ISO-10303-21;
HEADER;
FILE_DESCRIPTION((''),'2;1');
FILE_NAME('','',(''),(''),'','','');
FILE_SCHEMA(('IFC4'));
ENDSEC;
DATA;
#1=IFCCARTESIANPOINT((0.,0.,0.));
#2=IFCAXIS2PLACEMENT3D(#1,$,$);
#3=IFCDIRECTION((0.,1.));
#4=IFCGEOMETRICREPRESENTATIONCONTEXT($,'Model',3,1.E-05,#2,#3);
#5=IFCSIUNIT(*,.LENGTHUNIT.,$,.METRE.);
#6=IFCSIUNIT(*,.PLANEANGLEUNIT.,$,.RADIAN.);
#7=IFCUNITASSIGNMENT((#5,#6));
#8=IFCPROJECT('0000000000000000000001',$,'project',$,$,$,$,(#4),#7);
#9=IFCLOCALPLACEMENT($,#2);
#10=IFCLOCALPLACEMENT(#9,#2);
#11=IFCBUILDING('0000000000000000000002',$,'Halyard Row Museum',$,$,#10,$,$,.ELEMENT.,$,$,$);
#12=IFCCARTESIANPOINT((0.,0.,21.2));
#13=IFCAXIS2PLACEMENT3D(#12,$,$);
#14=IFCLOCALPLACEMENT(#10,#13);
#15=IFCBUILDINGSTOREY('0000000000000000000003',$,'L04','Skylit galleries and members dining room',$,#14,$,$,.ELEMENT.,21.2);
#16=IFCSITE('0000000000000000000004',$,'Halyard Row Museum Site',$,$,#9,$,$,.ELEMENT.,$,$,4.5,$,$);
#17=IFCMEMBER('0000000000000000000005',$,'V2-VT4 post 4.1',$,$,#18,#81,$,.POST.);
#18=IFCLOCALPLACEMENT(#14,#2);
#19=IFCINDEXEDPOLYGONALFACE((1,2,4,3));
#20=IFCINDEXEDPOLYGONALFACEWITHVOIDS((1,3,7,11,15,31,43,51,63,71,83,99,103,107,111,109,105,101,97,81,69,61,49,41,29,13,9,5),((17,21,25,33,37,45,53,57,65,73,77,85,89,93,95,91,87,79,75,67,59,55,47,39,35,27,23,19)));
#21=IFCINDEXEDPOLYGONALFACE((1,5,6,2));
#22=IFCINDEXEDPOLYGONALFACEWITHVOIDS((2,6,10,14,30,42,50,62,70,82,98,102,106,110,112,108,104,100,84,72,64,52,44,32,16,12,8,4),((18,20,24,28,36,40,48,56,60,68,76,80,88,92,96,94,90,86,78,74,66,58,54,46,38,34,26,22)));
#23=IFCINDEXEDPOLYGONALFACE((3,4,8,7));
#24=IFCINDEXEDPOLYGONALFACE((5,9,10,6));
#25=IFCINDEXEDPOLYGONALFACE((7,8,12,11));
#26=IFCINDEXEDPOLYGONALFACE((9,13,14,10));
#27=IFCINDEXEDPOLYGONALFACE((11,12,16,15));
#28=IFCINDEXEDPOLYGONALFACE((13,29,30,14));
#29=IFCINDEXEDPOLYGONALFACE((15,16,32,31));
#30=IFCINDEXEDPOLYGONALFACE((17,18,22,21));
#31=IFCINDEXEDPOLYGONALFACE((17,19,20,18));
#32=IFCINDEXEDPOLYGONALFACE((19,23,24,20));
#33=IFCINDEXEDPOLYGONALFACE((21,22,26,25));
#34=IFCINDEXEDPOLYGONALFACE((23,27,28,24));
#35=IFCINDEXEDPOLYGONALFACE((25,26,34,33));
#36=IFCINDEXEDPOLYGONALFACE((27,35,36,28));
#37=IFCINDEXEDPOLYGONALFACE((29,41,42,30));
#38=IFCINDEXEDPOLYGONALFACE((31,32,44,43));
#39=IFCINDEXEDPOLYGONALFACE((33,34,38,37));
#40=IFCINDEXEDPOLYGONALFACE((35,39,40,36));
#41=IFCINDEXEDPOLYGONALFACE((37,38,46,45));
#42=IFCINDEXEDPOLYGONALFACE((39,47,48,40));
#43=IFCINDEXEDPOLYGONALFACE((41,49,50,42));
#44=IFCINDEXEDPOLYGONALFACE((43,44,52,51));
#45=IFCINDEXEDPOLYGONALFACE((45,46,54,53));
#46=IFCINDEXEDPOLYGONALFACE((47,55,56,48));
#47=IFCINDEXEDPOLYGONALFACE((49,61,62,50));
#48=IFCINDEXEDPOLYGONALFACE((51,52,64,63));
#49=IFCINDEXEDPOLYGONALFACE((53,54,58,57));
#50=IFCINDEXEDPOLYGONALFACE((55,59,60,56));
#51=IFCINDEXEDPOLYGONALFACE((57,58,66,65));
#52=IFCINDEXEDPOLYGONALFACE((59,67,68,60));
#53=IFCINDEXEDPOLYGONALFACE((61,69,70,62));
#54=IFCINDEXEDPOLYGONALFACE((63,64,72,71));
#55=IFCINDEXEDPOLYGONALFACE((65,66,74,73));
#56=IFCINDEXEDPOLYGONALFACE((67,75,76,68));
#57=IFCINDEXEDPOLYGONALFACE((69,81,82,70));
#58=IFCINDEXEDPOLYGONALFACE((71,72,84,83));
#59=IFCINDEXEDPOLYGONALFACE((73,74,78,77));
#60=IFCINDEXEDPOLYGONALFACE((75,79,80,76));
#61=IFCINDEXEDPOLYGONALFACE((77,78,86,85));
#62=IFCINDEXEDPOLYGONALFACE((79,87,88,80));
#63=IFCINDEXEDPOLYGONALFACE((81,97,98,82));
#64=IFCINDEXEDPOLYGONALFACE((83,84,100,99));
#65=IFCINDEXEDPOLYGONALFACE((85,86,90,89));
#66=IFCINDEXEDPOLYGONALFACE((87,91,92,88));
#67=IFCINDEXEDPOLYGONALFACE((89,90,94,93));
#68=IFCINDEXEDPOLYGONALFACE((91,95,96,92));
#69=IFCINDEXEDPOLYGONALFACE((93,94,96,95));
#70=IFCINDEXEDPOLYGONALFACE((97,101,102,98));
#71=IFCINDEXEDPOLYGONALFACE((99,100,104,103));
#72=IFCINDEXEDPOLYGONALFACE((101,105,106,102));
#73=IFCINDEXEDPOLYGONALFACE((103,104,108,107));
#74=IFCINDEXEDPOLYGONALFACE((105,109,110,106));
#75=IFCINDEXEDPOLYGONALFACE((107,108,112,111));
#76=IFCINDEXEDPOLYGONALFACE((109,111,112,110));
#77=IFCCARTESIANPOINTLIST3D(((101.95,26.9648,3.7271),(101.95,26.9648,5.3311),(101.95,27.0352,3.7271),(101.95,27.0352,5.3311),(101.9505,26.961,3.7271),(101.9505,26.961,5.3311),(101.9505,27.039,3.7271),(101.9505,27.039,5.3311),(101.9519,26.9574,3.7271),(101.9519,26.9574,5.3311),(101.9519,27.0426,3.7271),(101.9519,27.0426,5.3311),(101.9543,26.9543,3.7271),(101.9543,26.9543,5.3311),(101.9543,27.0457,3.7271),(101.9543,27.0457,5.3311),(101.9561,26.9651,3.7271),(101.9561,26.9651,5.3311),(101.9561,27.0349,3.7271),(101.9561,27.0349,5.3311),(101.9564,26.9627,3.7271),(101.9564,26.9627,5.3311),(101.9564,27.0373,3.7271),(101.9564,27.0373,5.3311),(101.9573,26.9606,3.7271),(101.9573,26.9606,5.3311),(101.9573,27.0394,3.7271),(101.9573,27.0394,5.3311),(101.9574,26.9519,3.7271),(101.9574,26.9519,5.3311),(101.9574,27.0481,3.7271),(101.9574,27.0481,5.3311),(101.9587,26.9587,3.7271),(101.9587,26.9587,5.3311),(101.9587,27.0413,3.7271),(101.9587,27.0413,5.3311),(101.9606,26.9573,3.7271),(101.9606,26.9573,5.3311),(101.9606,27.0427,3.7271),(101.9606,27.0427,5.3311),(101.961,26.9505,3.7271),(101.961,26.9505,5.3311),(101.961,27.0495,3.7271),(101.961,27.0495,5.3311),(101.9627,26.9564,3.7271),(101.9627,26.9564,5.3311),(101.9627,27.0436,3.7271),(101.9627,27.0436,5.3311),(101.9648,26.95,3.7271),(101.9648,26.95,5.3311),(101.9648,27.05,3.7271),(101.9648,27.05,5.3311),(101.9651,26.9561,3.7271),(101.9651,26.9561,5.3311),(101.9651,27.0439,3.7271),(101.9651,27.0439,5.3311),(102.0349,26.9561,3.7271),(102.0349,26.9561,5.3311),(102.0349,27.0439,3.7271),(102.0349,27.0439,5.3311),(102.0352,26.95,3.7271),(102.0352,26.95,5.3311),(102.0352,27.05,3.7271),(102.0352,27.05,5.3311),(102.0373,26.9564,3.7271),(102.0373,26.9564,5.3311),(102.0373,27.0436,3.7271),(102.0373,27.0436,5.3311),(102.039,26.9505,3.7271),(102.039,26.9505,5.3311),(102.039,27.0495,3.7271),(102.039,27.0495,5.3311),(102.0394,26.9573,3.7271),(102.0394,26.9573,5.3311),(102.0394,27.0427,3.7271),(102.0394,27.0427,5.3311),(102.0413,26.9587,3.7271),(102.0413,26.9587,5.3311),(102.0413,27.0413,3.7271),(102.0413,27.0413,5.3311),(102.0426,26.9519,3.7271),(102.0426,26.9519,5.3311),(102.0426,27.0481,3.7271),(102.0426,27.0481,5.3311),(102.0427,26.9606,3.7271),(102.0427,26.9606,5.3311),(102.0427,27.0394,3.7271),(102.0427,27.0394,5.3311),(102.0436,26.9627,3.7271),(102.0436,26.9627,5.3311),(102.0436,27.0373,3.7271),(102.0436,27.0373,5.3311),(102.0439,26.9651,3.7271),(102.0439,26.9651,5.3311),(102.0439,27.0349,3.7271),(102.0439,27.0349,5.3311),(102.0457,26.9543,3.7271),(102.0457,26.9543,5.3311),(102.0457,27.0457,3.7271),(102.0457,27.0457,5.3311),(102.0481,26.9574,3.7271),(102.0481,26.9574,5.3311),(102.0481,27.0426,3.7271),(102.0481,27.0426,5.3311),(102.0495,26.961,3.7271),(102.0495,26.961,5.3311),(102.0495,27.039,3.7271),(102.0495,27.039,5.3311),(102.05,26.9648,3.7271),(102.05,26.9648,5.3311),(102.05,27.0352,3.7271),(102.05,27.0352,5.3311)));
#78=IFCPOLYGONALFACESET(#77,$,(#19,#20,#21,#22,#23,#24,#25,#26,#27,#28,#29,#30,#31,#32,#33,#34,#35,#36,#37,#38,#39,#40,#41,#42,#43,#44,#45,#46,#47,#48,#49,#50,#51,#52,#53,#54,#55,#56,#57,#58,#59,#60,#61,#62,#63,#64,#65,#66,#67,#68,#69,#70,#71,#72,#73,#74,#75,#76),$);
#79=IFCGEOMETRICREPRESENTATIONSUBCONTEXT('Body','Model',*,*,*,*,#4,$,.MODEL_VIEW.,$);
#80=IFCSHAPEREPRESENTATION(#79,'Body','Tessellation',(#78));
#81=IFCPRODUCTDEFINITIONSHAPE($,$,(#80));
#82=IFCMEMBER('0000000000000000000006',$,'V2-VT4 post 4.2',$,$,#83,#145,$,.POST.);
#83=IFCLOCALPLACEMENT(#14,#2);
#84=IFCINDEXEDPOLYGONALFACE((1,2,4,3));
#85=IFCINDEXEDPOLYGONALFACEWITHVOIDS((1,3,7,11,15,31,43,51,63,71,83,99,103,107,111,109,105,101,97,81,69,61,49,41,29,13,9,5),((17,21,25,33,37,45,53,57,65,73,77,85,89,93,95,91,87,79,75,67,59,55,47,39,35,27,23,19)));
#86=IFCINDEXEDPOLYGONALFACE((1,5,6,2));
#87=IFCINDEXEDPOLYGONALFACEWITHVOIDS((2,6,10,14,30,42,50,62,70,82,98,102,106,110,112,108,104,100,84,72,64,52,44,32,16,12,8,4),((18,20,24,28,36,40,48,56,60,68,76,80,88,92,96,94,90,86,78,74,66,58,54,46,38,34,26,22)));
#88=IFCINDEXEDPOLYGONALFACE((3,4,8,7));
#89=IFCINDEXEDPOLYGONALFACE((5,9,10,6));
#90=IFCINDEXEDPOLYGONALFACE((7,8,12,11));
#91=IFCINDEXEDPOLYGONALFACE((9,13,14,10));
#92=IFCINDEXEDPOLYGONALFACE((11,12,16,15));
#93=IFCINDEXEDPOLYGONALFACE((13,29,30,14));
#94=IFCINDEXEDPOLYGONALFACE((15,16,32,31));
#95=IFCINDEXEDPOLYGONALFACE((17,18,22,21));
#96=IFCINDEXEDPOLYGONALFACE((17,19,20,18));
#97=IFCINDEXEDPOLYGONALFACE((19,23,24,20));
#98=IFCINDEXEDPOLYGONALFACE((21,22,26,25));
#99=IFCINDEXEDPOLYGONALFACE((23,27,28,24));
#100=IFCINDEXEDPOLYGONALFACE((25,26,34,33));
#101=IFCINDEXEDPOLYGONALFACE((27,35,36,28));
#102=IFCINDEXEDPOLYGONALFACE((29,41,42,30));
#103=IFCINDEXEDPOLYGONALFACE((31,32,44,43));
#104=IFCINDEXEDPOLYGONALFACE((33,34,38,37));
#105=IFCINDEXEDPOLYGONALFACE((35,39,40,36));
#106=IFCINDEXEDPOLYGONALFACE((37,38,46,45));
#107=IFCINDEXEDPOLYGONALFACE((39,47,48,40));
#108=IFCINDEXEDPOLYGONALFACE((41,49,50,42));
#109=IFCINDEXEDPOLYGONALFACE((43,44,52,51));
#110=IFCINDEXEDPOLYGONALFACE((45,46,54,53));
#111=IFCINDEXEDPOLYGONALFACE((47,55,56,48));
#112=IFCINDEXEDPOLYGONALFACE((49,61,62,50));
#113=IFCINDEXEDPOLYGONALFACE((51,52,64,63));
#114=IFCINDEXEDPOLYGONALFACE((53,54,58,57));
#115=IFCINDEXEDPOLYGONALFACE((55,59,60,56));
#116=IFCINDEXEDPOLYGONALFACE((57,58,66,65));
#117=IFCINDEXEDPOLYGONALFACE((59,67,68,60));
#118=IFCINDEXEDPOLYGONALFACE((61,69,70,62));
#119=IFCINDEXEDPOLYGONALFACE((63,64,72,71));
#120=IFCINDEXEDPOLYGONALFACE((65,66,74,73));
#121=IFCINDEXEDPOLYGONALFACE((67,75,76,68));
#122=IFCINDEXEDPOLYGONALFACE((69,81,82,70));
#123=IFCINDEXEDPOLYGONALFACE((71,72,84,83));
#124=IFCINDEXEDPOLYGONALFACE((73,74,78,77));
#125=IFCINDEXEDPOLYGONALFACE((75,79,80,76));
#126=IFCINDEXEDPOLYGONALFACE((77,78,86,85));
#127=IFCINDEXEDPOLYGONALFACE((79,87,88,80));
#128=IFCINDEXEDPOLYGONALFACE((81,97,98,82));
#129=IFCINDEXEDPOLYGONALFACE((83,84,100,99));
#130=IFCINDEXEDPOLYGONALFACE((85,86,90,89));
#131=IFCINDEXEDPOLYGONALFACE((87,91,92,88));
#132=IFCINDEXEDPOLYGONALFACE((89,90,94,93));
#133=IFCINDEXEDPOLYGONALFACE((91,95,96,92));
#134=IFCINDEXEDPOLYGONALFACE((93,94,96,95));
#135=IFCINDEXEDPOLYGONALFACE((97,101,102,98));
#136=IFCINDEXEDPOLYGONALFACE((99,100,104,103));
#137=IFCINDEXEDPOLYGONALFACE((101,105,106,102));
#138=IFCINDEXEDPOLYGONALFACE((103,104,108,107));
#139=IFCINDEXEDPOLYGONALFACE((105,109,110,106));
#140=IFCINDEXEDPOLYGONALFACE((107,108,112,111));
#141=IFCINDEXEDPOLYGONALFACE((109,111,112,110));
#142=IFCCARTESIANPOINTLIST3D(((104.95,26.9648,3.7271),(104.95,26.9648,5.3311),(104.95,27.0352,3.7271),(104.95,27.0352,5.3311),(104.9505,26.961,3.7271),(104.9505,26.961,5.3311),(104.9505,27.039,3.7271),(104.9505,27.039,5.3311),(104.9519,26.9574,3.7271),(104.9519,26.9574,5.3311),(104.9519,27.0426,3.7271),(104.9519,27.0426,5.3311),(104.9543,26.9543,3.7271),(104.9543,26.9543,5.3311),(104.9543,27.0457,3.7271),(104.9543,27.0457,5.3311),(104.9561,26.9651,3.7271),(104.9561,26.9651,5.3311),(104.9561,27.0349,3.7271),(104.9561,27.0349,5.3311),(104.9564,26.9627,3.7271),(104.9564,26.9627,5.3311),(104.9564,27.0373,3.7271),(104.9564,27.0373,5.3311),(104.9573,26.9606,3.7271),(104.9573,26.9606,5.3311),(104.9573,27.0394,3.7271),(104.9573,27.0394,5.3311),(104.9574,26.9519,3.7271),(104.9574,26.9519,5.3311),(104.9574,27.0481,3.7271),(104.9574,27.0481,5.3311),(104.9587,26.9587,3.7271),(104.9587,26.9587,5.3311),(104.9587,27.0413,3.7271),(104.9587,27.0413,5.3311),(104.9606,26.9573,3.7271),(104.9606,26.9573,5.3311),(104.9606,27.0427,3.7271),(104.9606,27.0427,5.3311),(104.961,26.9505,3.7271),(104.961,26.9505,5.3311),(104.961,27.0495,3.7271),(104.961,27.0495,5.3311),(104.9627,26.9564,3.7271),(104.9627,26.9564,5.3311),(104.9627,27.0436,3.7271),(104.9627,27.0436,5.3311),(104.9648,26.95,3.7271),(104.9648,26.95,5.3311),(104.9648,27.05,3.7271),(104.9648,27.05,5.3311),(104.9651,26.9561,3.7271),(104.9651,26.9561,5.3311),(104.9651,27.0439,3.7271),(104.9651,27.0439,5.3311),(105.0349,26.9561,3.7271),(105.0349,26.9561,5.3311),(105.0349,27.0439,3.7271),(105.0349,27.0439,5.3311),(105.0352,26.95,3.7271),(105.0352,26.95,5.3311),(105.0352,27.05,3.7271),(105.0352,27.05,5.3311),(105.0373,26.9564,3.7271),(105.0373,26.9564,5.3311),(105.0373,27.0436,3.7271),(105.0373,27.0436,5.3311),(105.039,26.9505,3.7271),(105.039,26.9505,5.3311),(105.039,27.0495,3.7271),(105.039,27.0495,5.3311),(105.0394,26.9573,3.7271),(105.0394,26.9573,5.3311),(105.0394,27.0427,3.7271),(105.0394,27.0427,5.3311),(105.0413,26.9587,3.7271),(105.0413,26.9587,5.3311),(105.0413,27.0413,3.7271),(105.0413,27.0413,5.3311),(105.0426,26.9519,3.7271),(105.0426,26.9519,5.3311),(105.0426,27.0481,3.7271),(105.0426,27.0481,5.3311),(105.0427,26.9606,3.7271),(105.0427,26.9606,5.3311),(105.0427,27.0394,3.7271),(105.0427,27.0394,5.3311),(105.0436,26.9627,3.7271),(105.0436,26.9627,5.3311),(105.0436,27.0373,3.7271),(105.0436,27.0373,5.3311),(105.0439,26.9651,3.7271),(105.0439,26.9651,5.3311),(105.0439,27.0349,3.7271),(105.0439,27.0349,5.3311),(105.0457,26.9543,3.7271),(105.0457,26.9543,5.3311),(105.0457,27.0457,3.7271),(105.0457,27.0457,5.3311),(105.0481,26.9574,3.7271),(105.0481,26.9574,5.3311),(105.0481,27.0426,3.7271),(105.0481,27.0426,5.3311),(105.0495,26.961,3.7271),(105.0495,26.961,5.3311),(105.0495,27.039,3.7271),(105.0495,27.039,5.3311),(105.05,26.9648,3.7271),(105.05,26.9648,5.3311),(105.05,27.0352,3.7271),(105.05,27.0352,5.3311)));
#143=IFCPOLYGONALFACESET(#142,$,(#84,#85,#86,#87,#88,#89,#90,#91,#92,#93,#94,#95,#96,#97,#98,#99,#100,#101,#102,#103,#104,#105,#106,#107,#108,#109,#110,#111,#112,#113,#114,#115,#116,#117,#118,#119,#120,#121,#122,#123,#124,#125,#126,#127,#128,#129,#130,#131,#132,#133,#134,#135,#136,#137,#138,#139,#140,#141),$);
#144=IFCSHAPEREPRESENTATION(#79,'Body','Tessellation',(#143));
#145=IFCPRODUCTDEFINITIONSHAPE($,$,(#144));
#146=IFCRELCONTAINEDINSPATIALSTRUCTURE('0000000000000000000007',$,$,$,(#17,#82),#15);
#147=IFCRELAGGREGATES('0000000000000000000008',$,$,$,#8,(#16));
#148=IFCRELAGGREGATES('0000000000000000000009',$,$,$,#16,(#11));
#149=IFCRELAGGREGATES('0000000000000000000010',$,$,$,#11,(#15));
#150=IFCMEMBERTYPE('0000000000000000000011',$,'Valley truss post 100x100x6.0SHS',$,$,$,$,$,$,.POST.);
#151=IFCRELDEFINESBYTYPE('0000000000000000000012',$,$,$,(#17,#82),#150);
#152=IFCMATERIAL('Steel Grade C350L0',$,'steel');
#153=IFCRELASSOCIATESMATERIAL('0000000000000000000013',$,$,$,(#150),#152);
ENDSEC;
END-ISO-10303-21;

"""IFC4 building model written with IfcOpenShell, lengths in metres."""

from ifc_helpers import new_model, si_unit, direction, frame, origin, origin_2d, place, context, subcontext, project, spatial, hollow_rectangle, extrude, material, material_profile, profile_set, type_object, element, save


model = new_model("IFC4")

# Units and contexts
model_context = context("Model", 3, precision=1e-05, world=origin(), true_north=direction((0.0, 1.0)))
body_context = subcontext(model_context, "Body", "Model", "MODEL_VIEW")
ifc_project = project(units=[si_unit("LENGTHUNIT", "METRE"), si_unit("PLANEANGLEUNIT", "RADIAN")], contexts=[model_context])

# Site, building, storey
site_placement = place(None, origin())
site = spatial("IfcSite", under=ifc_project, at=site_placement, Name="Halyard Row Museum Site", CompositionType="ELEMENT", RefElevation=4.5)
building_placement = place(site_placement, origin())
building = spatial("IfcBuilding", under=site, at=building_placement, Name="Halyard Row Museum", CompositionType="ELEMENT")
storey_placement = place(building_placement, frame((0.0, 0.0, 21.2)))
storey = spatial("IfcBuildingStorey", under=building, at=storey_placement, Name="L04", Description="Skylit galleries and members dining room", CompositionType="ELEMENT", Elevation=21.2)

# Members
ifc_material_1 = material(Name="Steel Grade C350L0", Category="steel")
ifc_material_profile_1 = material_profile(ifc_material_1, hollow_rectangle(XDim=0.1001, YDim=0.1001, WallThickness=0.0061, InnerFilletRadius=0.009, OuterFilletRadius=0.0149, at=origin_2d()), Name="100x100x6.0SHS")
ifc_profile_set_1 = profile_set([ifc_material_profile_1], Name="Steel Grade C350L0")
member_type_1 = type_object("IfcMemberType", Name="Valley truss post 100x100x6.0SHS", PredefinedType="POST", material=ifc_profile_set_1)
for number, where, z_axis, x_axis, name in (
    (1, (102.0, 27.0, 3.7271), (0.0, 0.0, 1.0), (1.0, 0.0, 0.0), "V2-VT4 post 4.1"),
    (2, (105.0, 27.0, 3.7271), (0.0, 0.0, 1.0), (1.0, 0.0, 0.0), "V2-VT4 post 4.2"),
):
    element("IfcMember", number, at=place(storey_placement, frame(where, z_axis=z_axis, x_axis=x_axis)), inside=storey, type_object=member_type_1, Name=name, PredefinedType="POST", context=body_context, shape_type="SweptSolid", body=[
        extrude(hollow_rectangle(XDim=0.1001, YDim=0.1001, WallThickness=0.0061, InnerFilletRadius=0.009, OuterFilletRadius=0.0149, at=origin_2d()), origin(), (0.0, 0.0, 1.0), 1.604),
    ])

save(model, "model.ifc")
